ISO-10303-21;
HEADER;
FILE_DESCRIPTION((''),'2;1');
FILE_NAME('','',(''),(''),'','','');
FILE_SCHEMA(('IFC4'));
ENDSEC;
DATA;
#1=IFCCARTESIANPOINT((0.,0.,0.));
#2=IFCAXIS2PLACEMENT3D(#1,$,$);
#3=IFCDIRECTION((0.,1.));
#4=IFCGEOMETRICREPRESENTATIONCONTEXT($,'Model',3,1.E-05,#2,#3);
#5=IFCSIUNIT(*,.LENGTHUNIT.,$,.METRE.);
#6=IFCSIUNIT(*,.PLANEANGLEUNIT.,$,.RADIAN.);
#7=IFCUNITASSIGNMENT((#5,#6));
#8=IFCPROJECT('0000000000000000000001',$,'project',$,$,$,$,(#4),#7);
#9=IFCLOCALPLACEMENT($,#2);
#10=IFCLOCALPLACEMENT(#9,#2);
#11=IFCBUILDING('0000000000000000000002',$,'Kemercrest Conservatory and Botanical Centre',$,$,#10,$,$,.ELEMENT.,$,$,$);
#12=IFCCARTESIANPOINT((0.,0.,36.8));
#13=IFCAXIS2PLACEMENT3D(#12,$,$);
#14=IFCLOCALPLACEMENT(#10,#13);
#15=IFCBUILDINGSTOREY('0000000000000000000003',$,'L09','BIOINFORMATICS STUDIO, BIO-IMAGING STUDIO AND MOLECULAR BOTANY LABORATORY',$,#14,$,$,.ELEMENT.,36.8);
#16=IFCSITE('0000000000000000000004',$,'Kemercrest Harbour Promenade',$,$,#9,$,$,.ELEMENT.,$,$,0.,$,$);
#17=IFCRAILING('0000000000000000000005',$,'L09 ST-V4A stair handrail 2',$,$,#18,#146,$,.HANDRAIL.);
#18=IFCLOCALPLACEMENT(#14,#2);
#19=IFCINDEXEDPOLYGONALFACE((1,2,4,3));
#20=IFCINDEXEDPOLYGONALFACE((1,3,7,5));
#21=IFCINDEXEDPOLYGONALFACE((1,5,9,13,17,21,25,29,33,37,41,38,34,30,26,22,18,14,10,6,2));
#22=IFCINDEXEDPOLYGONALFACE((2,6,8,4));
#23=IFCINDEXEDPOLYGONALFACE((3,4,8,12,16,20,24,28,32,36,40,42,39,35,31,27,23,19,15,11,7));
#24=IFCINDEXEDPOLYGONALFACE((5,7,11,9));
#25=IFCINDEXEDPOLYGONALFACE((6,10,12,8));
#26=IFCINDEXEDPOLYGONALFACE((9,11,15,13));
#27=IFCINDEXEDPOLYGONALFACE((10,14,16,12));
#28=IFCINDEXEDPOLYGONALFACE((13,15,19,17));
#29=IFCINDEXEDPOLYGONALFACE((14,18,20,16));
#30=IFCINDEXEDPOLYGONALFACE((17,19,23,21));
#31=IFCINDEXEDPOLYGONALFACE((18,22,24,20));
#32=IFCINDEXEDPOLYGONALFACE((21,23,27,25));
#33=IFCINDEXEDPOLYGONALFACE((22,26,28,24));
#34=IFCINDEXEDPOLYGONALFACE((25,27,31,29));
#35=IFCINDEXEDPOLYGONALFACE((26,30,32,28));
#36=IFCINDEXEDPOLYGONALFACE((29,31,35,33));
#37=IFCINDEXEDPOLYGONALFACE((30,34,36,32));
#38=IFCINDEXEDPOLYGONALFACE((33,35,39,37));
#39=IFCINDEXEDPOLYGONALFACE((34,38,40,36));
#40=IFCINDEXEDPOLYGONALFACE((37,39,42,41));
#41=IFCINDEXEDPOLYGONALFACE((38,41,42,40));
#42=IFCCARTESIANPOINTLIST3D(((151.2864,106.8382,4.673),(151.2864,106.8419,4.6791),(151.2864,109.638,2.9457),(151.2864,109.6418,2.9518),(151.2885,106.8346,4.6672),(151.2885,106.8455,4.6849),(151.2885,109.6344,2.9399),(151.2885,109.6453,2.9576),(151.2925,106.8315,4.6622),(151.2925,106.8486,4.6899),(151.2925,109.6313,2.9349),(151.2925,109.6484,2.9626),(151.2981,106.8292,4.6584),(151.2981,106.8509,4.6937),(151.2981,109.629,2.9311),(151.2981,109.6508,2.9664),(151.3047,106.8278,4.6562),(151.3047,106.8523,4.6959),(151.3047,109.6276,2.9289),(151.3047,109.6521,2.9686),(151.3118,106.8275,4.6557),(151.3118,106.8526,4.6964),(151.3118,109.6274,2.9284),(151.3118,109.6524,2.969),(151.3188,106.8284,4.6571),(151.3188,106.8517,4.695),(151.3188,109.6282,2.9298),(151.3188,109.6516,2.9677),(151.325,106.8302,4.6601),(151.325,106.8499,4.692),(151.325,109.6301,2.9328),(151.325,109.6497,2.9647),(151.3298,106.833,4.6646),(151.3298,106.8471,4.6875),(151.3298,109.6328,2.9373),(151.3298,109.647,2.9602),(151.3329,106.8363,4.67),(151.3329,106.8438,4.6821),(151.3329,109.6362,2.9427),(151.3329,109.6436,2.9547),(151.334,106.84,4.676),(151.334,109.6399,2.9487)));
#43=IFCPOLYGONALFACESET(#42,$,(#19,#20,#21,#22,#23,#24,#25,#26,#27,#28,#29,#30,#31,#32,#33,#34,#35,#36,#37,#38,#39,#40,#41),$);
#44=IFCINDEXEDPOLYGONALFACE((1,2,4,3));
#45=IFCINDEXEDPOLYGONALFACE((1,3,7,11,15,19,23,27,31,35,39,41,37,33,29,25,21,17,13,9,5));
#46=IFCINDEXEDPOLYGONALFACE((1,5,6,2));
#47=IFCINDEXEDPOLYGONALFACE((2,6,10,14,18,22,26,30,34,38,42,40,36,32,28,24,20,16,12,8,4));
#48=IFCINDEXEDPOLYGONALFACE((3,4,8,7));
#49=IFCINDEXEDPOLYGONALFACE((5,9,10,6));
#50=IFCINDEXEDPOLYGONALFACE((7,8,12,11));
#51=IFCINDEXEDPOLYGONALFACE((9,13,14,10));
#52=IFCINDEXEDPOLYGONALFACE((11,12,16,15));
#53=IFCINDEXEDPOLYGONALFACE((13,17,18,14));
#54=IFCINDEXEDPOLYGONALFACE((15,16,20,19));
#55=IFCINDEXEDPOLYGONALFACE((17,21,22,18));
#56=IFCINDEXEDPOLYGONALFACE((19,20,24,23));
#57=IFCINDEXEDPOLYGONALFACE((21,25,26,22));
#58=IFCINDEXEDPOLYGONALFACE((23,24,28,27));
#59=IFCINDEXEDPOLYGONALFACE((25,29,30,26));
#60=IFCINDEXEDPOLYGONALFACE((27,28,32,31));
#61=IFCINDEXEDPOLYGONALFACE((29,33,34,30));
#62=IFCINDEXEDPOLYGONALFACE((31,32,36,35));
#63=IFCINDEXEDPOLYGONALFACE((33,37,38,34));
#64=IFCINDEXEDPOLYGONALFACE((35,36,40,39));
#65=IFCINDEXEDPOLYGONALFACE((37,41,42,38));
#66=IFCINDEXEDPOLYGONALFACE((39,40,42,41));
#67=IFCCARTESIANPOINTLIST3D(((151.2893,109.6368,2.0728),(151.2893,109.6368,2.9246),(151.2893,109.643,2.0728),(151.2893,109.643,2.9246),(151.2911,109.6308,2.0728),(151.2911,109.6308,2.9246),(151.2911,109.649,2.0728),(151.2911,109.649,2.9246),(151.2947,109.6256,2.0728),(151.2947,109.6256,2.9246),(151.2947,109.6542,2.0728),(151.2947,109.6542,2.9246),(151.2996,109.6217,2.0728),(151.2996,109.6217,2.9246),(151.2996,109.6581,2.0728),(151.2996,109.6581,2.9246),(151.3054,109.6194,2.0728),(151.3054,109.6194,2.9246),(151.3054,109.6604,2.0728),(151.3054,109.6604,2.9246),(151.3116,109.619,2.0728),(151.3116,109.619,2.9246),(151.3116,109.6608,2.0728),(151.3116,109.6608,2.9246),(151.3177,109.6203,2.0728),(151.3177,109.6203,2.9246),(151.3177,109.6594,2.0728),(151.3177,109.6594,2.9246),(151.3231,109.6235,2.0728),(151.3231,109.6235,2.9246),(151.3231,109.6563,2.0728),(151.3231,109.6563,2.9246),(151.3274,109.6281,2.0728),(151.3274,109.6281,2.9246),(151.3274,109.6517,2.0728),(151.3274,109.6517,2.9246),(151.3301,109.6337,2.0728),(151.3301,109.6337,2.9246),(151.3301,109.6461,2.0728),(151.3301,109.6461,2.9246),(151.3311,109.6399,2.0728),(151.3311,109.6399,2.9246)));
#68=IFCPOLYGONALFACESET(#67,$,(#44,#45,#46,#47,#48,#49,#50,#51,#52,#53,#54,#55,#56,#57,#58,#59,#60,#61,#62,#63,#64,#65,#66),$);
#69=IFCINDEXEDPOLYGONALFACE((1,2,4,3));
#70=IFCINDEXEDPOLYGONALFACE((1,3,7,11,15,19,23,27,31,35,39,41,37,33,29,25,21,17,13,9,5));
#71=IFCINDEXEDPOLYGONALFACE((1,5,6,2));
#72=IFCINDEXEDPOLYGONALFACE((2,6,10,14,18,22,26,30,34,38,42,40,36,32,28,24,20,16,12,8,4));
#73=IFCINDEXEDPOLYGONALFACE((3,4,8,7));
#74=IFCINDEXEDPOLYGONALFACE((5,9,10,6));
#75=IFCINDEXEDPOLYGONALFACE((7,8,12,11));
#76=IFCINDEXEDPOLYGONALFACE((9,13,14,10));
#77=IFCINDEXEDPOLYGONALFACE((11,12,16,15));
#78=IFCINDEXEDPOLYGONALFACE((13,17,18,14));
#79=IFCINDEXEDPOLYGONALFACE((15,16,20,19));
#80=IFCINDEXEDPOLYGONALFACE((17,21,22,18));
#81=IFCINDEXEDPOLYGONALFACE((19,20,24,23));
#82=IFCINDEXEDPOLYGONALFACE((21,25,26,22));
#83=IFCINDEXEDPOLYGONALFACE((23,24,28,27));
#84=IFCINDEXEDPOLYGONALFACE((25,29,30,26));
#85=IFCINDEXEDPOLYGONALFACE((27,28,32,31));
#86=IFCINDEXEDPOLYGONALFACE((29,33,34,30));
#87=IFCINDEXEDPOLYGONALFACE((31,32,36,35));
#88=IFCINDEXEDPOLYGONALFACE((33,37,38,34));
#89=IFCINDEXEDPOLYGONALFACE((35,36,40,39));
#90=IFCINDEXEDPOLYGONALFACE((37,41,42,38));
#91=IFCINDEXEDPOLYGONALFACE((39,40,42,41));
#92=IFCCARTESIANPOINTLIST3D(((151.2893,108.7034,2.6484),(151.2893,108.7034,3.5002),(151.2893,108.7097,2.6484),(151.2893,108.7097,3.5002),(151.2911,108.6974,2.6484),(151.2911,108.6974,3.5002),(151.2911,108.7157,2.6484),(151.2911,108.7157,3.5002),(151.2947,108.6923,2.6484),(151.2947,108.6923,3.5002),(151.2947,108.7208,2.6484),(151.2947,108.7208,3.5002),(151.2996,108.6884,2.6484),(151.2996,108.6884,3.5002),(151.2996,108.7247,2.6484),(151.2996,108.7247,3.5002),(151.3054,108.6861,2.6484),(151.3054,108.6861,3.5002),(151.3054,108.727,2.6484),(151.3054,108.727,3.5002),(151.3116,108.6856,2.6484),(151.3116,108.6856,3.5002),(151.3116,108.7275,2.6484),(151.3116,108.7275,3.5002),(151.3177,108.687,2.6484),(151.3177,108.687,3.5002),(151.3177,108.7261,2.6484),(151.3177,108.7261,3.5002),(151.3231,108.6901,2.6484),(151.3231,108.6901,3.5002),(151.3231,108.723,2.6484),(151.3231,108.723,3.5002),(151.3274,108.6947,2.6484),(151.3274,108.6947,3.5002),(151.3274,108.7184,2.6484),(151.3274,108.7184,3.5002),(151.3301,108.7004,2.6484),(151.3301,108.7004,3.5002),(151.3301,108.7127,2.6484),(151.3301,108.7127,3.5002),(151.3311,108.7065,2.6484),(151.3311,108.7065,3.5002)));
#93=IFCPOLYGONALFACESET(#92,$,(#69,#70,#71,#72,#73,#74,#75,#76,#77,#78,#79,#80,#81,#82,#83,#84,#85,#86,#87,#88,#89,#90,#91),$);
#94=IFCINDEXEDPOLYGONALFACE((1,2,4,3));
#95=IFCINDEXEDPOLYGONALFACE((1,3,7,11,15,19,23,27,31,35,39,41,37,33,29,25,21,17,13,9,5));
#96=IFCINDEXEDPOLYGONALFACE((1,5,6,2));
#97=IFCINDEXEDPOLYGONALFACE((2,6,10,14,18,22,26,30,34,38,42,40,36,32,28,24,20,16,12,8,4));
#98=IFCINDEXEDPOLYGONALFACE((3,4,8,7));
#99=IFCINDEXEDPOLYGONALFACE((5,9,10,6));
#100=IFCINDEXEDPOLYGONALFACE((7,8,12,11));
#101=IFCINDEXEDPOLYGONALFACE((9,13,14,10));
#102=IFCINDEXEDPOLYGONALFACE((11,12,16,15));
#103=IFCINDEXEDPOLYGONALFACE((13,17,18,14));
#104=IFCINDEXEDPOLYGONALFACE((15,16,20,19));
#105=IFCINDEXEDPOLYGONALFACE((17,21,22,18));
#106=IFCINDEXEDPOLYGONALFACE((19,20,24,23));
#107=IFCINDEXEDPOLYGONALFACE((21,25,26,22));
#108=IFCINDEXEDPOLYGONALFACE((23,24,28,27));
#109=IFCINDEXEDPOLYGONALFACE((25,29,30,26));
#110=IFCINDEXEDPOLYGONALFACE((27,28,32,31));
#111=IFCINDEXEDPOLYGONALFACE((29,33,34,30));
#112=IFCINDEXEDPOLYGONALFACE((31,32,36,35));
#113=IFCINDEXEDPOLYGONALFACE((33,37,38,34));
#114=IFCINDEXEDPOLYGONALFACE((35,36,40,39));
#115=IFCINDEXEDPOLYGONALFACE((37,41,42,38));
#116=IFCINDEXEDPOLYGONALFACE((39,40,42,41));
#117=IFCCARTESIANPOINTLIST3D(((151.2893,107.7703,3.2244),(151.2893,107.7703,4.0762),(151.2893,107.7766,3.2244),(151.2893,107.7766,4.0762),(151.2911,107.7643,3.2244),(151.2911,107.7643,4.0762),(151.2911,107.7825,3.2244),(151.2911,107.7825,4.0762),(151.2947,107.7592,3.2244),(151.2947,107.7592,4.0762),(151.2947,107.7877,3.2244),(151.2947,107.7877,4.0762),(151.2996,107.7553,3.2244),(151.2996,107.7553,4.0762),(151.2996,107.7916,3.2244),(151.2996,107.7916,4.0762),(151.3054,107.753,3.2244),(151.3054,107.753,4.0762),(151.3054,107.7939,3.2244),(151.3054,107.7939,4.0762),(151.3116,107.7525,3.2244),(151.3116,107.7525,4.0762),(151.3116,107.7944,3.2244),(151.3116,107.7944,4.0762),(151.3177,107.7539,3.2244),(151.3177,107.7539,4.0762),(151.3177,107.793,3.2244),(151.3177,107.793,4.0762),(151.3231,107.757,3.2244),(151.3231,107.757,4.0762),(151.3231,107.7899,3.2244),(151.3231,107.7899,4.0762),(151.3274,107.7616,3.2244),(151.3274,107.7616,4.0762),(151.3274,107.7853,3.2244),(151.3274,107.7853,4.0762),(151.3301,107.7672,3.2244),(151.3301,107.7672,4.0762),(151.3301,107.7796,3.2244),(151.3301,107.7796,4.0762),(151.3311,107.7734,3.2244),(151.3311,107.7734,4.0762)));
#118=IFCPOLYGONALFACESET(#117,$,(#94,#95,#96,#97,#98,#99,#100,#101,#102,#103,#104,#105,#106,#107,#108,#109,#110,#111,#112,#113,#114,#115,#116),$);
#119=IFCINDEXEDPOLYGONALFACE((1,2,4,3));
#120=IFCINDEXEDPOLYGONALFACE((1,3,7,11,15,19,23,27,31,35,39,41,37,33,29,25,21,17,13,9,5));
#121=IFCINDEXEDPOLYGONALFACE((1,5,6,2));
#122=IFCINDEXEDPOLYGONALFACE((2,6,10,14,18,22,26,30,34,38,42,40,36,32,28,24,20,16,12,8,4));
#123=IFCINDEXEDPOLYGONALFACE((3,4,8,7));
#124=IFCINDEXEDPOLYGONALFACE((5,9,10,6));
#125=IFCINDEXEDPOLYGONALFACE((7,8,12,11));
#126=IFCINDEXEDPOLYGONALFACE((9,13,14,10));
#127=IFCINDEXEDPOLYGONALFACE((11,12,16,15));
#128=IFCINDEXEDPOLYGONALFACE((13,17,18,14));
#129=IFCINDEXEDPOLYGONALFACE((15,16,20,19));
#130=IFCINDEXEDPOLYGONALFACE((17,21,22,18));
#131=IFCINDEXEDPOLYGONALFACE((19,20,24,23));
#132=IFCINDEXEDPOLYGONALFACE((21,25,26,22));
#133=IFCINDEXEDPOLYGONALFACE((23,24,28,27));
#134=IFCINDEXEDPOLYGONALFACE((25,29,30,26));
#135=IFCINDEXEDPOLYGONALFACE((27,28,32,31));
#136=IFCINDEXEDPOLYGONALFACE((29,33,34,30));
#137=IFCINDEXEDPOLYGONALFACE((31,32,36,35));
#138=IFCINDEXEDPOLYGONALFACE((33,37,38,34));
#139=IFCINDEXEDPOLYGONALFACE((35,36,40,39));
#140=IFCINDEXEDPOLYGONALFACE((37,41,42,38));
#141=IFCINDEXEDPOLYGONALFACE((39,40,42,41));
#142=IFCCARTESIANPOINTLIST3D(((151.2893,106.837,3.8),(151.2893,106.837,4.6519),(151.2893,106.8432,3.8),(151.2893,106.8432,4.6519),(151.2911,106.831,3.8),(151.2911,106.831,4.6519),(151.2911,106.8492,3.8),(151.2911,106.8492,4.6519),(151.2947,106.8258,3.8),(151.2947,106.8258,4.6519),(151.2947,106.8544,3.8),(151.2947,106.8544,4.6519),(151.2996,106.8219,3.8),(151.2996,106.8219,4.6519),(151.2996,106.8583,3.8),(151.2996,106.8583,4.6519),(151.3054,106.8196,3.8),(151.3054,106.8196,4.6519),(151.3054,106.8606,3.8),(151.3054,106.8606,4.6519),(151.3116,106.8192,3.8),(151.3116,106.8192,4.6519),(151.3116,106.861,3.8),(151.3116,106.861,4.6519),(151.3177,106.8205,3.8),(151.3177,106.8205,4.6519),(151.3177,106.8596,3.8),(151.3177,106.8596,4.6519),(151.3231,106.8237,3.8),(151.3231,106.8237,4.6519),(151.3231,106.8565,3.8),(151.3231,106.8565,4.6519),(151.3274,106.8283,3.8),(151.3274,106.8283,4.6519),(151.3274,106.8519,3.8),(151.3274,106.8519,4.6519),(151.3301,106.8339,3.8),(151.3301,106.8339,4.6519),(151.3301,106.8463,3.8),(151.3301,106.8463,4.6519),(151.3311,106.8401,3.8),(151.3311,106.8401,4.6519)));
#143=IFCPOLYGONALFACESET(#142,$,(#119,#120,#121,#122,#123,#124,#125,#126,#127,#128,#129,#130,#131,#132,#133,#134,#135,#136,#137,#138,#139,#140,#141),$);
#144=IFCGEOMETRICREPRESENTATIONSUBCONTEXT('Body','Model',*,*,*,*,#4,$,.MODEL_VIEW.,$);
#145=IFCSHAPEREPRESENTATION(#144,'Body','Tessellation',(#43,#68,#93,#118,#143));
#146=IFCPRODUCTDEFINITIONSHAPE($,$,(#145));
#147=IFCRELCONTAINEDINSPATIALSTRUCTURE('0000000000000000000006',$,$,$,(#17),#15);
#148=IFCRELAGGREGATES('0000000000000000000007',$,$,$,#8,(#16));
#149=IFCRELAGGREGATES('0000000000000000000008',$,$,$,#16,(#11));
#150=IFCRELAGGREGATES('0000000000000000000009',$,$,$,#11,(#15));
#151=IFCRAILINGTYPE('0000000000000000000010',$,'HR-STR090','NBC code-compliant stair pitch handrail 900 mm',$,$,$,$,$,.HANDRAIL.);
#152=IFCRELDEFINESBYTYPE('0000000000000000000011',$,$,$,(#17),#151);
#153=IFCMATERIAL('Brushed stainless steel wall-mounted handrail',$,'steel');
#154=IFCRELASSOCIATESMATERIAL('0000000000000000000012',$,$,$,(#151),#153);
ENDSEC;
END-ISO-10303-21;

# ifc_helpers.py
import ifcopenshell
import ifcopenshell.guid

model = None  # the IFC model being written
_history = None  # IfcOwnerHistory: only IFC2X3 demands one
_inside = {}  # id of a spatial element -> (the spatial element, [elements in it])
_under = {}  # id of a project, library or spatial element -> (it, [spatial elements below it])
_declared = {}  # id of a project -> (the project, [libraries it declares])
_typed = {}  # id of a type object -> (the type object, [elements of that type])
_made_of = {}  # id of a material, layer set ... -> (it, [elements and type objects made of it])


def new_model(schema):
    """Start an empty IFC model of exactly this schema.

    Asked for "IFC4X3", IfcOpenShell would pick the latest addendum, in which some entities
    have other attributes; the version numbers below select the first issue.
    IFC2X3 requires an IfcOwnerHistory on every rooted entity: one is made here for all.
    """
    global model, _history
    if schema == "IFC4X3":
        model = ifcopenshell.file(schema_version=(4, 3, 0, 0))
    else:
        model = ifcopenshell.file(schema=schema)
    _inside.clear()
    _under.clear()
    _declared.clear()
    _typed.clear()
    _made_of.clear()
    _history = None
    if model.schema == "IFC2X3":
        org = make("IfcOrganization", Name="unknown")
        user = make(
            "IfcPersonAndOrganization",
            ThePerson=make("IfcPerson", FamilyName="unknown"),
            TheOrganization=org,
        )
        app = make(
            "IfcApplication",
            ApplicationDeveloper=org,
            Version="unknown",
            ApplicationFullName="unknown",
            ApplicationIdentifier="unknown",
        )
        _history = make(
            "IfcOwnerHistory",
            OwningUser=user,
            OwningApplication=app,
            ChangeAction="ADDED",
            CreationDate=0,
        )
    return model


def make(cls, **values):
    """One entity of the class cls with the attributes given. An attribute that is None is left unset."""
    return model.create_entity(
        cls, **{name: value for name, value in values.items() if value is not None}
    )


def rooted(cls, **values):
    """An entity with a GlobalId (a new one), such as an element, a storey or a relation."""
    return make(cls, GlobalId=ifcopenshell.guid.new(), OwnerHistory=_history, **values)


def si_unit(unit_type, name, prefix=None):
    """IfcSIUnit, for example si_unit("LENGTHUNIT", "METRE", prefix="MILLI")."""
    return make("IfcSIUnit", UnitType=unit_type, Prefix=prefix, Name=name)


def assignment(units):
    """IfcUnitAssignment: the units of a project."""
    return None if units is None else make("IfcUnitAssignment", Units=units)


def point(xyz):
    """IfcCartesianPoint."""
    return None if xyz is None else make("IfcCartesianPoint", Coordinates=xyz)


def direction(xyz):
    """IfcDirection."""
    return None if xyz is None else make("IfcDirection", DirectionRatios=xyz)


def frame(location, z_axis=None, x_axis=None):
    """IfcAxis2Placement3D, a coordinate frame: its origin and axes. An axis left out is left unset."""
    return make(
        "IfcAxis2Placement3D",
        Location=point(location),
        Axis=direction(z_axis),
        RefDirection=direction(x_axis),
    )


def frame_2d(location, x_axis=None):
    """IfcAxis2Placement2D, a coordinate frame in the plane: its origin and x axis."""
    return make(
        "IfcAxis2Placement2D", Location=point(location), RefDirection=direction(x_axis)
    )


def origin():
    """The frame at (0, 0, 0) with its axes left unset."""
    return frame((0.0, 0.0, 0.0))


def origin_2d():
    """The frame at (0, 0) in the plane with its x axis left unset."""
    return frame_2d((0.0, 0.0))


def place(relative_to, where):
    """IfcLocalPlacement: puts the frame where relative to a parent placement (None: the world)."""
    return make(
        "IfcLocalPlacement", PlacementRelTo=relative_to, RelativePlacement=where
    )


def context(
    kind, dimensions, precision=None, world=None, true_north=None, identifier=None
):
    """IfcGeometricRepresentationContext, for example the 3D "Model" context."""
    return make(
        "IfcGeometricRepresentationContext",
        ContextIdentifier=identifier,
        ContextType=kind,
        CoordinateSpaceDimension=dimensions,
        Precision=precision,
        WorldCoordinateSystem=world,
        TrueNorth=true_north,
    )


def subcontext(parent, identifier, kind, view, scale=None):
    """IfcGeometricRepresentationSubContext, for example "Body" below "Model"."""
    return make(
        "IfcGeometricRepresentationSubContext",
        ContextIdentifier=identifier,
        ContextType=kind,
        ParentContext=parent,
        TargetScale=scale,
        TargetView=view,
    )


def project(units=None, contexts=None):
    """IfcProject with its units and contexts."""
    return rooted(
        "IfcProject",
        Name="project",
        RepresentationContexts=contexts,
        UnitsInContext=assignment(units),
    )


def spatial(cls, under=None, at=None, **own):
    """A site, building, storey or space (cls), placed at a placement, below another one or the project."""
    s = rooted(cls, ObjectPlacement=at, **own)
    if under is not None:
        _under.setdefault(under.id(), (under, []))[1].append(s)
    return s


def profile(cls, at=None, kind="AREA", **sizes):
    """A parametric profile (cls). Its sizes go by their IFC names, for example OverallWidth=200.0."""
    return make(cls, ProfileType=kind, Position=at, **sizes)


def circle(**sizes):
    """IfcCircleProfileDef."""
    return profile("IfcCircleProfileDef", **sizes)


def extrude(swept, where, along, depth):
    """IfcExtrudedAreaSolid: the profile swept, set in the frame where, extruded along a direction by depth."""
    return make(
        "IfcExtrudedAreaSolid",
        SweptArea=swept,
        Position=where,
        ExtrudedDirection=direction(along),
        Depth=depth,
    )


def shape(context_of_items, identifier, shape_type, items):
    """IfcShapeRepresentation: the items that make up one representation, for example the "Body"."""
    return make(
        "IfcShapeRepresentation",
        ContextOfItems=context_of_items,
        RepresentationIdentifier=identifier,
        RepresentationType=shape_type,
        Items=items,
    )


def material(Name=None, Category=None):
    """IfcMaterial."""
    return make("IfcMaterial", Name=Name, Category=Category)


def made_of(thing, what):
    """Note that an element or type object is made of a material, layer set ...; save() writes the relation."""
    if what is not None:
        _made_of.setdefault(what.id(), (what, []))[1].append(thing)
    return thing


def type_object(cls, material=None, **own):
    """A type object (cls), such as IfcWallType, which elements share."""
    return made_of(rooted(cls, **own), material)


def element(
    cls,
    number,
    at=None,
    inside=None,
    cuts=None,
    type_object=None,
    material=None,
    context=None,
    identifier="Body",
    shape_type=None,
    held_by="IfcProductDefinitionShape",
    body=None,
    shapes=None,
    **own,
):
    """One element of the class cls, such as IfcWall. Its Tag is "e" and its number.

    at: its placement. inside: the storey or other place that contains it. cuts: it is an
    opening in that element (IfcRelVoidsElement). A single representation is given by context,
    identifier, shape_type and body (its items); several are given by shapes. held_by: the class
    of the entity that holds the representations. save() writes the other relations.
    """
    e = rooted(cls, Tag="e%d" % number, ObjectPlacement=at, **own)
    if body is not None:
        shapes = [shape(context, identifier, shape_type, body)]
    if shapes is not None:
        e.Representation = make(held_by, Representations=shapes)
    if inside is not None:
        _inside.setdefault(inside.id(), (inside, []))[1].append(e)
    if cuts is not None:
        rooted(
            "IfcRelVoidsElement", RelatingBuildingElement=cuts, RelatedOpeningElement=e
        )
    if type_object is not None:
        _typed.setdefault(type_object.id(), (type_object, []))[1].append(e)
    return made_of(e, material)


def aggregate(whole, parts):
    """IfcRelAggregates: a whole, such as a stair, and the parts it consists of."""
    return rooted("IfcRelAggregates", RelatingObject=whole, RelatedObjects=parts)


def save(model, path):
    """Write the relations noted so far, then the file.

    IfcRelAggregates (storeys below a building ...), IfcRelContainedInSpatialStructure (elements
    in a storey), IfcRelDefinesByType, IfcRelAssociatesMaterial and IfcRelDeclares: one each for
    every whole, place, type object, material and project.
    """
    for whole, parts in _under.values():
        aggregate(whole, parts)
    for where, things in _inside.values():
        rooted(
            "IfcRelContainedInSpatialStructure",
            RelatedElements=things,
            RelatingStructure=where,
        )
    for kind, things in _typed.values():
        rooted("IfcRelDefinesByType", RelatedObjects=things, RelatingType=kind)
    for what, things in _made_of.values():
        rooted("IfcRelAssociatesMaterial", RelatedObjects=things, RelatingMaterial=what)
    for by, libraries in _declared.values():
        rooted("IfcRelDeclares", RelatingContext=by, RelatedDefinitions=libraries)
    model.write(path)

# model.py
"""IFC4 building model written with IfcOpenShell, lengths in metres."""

from ifc_helpers import new_model, si_unit, direction, frame, origin, origin_2d, place, context, subcontext, project, spatial, circle, extrude, material, type_object, element, save


model = new_model("IFC4")

# Units and contexts
model_context = context("Model", 3, precision=1e-05, world=origin(), true_north=direction((0.0, 1.0)))
body_context = subcontext(model_context, "Body", "Model", "MODEL_VIEW")
ifc_project = project(units=[si_unit("LENGTHUNIT", "METRE"), si_unit("PLANEANGLEUNIT", "RADIAN")], contexts=[model_context])

# Site, building, storey
site_placement = place(None, origin())
site = spatial("IfcSite", under=ifc_project, at=site_placement, Name="Kemercrest Harbour Promenade", CompositionType="ELEMENT", RefElevation=0.0)
building_placement = place(site_placement, origin())
building = spatial("IfcBuilding", under=site, at=building_placement, Name="Kemercrest Conservatory and Botanical Centre", CompositionType="ELEMENT")
storey_placement = place(building_placement, frame((0.0, 0.0, 36.8)))
storey = spatial("IfcBuildingStorey", under=building, at=storey_placement, Name="L09", Description="BIOINFORMATICS STUDIO, BIO-IMAGING STUDIO AND MOLECULAR BOTANY LABORATORY", CompositionType="ELEMENT", Elevation=36.8)

# Railing
ifc_material_1 = material(Name="Brushed stainless steel wall-mounted handrail", Category="steel")
railing_type_1 = type_object("IfcRailingType", Name="HR-STR090", Description="NBC code-compliant stair pitch handrail 900 mm", PredefinedType="HANDRAIL", material=ifc_material_1)
for number, where, name in (
    (1, (151.3101, 109.6399, 2.0728), "L09 ST-V4A stair handrail 2"),
):
    element("IfcRailing", number, at=place(storey_placement, frame(where)), inside=storey, type_object=railing_type_1, Name=name, PredefinedType="HANDRAIL", context=body_context, shape_type="SweptSolid", body=[
        extrude(circle(Radius=0.0239, at=origin_2d()), frame((0.0, 0.0, 0.876), z_axis=(0.0, -0.851069, 0.525054), x_axis=(1.0, 0.0, 0.0)), (0.0, 0.0, 1.0), 3.2898),
        extrude(circle(Radius=0.021, at=origin_2d()), origin(), (0.0, 0.0, 1.0), 0.8518),
        extrude(circle(Radius=0.021, at=origin_2d()), frame((0.0, -0.9333, 0.5757)), (0.0, 0.0, 1.0), 0.8518),
        extrude(circle(Radius=0.021, at=origin_2d()), frame((0.0, -1.8665, 1.1516)), (0.0, 0.0, 1.0), 0.8518),
        extrude(circle(Radius=0.021, at=origin_2d()), frame((0.0, -2.7998, 1.7273)), (0.0, 0.0, 1.0), 0.8518),
    ])

save(model, "model.ifc")
